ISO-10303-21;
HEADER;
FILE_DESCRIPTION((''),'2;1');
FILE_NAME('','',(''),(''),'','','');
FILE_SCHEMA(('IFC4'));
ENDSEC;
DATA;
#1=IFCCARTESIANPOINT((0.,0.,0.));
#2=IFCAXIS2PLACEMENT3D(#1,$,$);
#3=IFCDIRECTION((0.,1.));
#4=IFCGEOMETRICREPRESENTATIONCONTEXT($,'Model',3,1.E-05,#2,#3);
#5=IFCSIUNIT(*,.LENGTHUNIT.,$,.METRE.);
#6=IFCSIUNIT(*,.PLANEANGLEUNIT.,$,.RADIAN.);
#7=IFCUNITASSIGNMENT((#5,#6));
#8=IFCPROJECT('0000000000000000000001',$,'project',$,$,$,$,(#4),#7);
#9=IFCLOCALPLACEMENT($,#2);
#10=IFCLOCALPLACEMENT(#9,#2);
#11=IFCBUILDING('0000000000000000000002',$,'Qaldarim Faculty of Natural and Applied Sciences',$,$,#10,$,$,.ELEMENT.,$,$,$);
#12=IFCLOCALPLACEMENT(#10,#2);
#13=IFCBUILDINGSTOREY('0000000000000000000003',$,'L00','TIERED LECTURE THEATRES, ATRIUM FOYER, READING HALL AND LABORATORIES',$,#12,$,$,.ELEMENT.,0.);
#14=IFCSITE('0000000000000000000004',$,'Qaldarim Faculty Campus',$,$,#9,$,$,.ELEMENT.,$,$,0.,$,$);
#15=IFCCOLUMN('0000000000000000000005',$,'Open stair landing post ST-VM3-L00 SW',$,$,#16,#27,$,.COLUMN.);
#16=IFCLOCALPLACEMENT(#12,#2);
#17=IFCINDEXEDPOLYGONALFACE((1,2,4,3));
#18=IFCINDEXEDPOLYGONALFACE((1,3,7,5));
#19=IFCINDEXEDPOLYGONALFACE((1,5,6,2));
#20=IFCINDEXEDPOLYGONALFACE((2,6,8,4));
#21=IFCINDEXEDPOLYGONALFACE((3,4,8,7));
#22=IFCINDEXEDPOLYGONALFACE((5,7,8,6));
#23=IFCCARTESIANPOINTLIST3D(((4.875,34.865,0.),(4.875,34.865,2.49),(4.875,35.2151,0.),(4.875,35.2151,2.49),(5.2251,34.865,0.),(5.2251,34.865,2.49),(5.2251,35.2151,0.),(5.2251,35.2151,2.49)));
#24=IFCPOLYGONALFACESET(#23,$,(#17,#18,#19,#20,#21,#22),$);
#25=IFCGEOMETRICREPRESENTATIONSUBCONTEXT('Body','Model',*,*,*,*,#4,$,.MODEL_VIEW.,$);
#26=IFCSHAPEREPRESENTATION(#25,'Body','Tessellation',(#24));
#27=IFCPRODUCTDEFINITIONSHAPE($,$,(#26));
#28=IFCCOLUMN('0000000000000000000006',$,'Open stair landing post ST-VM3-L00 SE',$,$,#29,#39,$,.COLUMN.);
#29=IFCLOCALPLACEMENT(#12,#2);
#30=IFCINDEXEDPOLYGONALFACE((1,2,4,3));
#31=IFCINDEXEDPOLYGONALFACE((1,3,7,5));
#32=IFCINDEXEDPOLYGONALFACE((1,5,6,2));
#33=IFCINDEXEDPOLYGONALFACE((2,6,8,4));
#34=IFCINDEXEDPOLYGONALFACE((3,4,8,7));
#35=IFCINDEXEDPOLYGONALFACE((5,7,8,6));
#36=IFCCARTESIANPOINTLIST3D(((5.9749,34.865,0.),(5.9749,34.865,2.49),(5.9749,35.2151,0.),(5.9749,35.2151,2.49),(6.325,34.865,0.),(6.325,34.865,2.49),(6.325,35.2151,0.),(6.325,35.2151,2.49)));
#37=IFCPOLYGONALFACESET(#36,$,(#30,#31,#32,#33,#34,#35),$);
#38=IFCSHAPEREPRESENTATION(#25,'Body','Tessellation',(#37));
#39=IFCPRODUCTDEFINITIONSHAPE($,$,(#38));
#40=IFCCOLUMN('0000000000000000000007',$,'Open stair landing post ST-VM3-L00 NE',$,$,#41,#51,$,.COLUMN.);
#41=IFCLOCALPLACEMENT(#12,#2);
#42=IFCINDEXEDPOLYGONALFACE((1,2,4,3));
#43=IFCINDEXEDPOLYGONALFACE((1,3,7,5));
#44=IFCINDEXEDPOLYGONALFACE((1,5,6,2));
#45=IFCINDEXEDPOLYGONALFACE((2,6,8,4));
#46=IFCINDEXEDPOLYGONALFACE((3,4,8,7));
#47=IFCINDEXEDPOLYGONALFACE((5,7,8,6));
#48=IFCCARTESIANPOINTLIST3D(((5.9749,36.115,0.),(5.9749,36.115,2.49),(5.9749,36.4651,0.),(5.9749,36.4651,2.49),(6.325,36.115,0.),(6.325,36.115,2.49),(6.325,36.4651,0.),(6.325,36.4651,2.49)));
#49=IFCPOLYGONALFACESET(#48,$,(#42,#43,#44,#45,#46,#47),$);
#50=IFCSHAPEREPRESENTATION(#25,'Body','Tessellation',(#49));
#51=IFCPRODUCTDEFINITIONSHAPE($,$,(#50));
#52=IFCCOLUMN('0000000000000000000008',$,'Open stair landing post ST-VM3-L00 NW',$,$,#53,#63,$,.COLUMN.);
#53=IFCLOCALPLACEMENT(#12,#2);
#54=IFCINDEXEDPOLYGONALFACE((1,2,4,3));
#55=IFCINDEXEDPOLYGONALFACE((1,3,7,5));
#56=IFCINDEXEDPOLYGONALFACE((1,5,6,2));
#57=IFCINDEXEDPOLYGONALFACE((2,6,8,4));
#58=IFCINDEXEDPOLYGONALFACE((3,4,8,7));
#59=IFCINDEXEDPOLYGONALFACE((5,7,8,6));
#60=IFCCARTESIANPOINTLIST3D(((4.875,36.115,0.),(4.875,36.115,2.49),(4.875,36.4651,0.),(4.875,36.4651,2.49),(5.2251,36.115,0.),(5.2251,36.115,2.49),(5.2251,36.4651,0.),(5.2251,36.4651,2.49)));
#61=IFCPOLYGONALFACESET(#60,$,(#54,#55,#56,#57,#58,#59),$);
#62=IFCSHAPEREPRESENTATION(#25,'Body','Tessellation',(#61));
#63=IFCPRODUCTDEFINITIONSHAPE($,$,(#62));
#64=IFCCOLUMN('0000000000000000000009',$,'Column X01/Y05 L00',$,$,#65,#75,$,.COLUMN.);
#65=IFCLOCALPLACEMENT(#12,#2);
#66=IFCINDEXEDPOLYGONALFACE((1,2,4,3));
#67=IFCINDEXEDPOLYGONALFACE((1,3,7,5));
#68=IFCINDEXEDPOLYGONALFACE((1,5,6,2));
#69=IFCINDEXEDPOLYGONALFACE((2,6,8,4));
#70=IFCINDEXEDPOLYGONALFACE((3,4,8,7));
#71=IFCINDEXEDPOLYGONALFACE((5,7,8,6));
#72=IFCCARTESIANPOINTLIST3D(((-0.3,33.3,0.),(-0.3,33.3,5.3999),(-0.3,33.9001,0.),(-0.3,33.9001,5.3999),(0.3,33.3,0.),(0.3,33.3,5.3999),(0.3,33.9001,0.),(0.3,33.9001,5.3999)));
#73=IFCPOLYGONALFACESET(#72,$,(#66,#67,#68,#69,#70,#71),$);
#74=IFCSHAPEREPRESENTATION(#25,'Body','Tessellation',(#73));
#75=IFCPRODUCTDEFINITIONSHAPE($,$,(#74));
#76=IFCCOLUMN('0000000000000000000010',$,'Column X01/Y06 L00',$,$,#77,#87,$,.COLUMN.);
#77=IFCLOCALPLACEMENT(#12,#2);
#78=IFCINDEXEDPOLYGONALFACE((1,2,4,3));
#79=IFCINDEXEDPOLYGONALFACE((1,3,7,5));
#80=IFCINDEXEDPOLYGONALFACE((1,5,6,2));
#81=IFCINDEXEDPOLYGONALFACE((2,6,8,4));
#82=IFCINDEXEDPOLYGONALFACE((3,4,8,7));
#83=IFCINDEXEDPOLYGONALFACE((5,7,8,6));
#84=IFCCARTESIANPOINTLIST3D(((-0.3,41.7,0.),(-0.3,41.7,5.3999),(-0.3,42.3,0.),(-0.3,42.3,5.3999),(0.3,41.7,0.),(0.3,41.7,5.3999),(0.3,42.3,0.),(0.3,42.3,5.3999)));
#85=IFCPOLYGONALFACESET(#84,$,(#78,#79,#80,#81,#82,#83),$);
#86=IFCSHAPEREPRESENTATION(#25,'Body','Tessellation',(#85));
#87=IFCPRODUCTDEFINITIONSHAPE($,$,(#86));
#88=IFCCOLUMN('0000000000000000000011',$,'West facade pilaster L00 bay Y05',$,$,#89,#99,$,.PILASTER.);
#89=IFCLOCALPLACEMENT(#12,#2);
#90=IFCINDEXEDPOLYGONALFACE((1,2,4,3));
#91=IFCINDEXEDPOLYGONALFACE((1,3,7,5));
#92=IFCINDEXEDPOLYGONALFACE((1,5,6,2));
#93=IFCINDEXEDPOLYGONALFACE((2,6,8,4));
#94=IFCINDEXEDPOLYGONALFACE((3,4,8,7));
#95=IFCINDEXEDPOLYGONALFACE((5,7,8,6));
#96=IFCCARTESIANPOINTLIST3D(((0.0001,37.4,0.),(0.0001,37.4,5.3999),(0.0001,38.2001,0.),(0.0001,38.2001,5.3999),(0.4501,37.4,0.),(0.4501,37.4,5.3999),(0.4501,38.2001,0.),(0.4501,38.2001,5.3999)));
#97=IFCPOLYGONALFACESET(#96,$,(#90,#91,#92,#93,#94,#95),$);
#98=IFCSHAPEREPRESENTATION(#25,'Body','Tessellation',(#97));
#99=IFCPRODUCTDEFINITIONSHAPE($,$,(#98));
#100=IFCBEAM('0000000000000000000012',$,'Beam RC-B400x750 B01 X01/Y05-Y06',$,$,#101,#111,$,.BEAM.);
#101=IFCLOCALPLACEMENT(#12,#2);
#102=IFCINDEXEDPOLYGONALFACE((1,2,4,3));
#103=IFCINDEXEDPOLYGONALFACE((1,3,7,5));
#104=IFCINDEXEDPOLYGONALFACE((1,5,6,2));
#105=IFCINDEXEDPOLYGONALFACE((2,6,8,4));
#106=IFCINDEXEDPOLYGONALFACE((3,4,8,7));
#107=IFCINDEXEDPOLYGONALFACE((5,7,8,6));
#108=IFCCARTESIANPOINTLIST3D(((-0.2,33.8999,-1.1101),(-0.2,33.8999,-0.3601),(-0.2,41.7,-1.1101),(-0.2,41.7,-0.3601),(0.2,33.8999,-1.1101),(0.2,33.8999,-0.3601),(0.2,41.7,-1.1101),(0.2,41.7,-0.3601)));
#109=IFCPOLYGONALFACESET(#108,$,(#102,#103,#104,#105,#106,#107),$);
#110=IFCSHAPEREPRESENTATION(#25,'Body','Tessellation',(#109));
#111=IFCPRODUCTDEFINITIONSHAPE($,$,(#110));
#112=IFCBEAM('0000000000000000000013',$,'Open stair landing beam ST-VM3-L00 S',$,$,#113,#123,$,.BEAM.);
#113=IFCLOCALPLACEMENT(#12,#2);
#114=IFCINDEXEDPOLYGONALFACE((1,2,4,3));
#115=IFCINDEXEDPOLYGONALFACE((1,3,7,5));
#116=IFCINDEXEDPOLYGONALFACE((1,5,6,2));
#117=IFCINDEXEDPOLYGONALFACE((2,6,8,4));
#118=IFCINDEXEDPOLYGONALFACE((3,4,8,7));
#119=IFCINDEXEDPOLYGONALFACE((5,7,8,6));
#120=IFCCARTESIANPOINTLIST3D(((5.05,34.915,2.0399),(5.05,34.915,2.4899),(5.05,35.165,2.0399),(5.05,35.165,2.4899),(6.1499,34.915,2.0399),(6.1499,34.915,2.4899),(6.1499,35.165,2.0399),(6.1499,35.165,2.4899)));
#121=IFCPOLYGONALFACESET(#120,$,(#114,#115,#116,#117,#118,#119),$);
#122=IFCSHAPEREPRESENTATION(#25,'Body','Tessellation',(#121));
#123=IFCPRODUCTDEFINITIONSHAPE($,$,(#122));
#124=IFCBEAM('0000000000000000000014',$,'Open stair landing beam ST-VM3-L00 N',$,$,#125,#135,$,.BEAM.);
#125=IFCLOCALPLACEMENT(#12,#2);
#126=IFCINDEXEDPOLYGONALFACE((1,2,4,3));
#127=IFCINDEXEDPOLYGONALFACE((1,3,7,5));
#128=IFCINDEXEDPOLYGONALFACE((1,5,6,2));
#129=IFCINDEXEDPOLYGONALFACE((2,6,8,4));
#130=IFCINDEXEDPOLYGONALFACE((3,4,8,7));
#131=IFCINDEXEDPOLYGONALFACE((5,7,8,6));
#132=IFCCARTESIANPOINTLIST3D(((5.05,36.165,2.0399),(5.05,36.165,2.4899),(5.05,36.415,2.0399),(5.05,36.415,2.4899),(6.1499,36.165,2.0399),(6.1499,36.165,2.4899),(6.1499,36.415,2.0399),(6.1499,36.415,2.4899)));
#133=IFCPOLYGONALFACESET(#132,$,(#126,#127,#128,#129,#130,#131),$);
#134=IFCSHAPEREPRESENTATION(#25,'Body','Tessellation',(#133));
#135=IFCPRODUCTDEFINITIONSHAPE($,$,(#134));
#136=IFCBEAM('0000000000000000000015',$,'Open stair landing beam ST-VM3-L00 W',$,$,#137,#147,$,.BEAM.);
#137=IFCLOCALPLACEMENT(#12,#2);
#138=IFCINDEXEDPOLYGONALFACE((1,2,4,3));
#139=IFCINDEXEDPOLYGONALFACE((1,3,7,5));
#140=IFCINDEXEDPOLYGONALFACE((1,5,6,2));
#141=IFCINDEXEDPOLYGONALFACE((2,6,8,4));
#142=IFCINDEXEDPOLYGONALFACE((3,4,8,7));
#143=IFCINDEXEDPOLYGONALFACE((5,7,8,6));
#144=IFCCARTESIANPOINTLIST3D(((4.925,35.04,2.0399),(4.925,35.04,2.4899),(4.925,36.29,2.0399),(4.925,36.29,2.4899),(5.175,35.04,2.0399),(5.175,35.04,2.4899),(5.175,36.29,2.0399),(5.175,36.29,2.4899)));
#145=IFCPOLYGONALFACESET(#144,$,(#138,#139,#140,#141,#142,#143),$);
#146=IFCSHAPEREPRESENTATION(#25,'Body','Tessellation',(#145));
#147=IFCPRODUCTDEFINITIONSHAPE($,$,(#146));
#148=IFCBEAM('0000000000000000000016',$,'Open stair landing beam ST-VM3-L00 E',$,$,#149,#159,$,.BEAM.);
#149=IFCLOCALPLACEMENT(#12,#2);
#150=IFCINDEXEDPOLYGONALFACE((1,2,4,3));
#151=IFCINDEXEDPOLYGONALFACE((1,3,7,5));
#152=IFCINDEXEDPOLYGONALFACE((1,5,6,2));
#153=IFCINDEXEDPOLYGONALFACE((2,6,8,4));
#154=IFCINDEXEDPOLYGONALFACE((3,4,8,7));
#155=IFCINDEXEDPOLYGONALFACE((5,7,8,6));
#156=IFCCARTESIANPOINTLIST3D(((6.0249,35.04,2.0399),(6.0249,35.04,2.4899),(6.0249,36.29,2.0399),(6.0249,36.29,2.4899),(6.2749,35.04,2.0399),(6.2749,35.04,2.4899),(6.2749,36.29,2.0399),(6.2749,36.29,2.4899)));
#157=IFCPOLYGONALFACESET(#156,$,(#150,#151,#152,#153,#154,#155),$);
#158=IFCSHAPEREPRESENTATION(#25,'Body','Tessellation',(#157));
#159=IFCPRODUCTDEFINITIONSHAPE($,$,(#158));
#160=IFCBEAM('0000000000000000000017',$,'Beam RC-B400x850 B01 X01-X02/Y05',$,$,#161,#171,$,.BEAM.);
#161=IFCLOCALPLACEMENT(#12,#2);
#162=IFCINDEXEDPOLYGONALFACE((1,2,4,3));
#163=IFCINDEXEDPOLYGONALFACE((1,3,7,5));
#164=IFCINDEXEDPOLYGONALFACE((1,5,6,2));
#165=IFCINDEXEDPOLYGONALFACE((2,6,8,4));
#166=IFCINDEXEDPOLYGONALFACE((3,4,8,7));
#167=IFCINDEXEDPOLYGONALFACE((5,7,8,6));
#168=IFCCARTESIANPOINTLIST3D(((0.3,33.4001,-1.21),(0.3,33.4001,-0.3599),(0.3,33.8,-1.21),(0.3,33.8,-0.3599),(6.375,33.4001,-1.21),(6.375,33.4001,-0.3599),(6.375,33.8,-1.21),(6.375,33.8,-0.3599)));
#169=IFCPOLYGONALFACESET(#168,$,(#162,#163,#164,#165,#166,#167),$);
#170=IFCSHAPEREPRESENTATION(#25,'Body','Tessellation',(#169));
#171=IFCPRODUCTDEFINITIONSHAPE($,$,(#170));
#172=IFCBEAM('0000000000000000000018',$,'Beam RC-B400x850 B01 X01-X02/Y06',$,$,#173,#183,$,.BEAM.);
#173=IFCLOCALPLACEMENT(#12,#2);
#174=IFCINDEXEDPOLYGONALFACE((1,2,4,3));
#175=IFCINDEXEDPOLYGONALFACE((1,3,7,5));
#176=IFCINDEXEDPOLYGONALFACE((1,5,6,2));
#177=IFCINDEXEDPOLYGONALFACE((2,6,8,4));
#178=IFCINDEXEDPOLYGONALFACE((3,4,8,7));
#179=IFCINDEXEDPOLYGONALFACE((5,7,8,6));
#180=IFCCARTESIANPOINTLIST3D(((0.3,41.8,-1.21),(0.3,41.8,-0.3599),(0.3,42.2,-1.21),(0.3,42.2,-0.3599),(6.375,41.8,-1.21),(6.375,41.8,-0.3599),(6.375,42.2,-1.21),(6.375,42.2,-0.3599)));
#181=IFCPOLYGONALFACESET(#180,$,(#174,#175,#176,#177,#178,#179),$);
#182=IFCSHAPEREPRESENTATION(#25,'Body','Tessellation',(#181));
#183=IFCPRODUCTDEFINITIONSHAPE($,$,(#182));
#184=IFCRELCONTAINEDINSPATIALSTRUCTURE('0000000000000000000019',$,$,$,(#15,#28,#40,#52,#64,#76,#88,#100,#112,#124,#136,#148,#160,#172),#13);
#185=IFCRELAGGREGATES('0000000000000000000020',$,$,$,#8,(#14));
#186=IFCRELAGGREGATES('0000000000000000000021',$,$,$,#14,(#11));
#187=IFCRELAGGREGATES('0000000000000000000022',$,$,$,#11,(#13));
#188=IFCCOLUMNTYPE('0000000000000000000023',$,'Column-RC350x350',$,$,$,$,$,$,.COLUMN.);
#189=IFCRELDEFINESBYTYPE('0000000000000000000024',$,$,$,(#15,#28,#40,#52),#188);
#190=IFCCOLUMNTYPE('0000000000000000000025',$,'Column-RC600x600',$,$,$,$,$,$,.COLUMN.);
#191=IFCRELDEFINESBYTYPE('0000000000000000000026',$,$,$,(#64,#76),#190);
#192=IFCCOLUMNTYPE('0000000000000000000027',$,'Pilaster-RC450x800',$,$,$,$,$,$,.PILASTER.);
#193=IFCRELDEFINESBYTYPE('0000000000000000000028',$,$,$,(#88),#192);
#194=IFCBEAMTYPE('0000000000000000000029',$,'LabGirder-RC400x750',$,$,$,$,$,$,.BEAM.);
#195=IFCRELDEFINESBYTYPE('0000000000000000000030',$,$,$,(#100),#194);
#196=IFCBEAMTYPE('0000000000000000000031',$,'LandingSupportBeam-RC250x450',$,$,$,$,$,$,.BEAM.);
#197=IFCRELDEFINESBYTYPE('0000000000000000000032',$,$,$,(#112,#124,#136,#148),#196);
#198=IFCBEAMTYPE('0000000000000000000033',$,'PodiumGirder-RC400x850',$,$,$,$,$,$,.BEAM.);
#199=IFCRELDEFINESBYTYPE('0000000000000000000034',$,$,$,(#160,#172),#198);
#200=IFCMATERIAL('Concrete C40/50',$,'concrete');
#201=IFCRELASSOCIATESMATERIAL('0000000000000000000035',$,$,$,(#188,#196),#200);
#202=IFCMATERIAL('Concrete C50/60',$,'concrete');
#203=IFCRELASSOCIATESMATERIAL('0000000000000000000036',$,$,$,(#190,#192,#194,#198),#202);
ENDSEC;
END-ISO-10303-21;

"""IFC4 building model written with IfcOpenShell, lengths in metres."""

from ifc_helpers import new_model, si_unit, direction, frame, origin, origin_2d, place, context, subcontext, project, spatial, rectangle, extrude, material, material_profile, profile_set, type_object, element, save


model = new_model("IFC4")

# Units and contexts
model_context = context("Model", 3, precision=1e-05, world=origin(), true_north=direction((0.0, 1.0)))
body_context = subcontext(model_context, "Body", "Model", "MODEL_VIEW")
ifc_project = project(units=[si_unit("LENGTHUNIT", "METRE"), si_unit("PLANEANGLEUNIT", "RADIAN")], contexts=[model_context])

# Site, building, storey
site_placement = place(None, origin())
site = spatial("IfcSite", under=ifc_project, at=site_placement, Name="Qaldarim Faculty Campus", CompositionType="ELEMENT", RefElevation=0.0)
building_placement = place(site_placement, origin())
building = spatial("IfcBuilding", under=site, at=building_placement, Name="Qaldarim Faculty of Natural and Applied Sciences", CompositionType="ELEMENT")
storey_placement = place(building_placement, origin())
storey = spatial("IfcBuildingStorey", under=building, at=storey_placement, Name="L00", Description="TIERED LECTURE THEATRES, ATRIUM FOYER, READING HALL AND LABORATORIES", CompositionType="ELEMENT", Elevation=0.0)

# Columns
ifc_material_1 = material(Name="Concrete C40/50", Category="concrete")
ifc_material_profile_1 = material_profile(ifc_material_1, rectangle(XDim=0.3501, YDim=0.3501, at=origin_2d()), Name="RC-C350x350")
ifc_profile_set_1 = profile_set([ifc_material_profile_1], Name="Concrete C40/50")
column_type_1 = type_object("IfcColumnType", Name="Column-RC350x350", PredefinedType="COLUMN", material=ifc_profile_set_1)
for number, where, z_axis, x_axis, name in (
    (1, (5.05, 35.04, 0.0), (0.0, 0.0, 1.0), (1.0, 0.0, 0.0), "Open stair landing post ST-VM3-L00 SW"),
    (2, (6.1499, 35.04, 0.0), (0.0, 0.0, 1.0), (1.0, 0.0, 0.0), "Open stair landing post ST-VM3-L00 SE"),
    (3, (6.1499, 36.29, 0.0), (0.0, 0.0, 1.0), (1.0, 0.0, 0.0), "Open stair landing post ST-VM3-L00 NE"),
    (4, (5.05, 36.29, 0.0), (0.0, 0.0, 1.0), (1.0, 0.0, 0.0), "Open stair landing post ST-VM3-L00 NW"),
):
    element("IfcColumn", number, at=place(storey_placement, frame(where, z_axis=z_axis, x_axis=x_axis)), inside=storey, type_object=column_type_1, Name=name, PredefinedType="COLUMN", context=body_context, shape_type="SweptSolid", body=[
        extrude(rectangle(XDim=0.3501, YDim=0.3501, at=origin_2d()), origin(), (0.0, 0.0, 1.0), 2.49),
    ])
ifc_material_2 = material(Name="Concrete C50/60", Category="concrete")
ifc_material_profile_2 = material_profile(ifc_material_2, rectangle(XDim=0.6001, YDim=0.6001, at=origin_2d()), Name="RC-C600x600")
ifc_profile_set_2 = profile_set([ifc_material_profile_2], Name="Concrete C50/60")
column_type_2 = type_object("IfcColumnType", Name="Column-RC600x600", PredefinedType="COLUMN", material=ifc_profile_set_2)
for number, where, z_axis, x_axis, name in (
    (5, (0.0, 33.6001, 0.0), (0.0, 0.0, 1.0), (1.0, 0.0, 0.0), "Column X01/Y05 L00"),
    (6, (0.0, 42.0, 0.0), (0.0, 0.0, 1.0), (1.0, 0.0, 0.0), "Column X01/Y06 L00"),
):
    element("IfcColumn", number, at=place(storey_placement, frame(where, z_axis=z_axis, x_axis=x_axis)), inside=storey, type_object=column_type_2, Name=name, PredefinedType="COLUMN", context=body_context, shape_type="SweptSolid", body=[
        extrude(rectangle(XDim=0.6001, YDim=0.6001, at=origin_2d()), origin(), (0.0, 0.0, 1.0), 5.3999),
    ])
ifc_material_profile_3 = material_profile(ifc_material_2, rectangle(XDim=0.45, YDim=0.8, at=origin_2d()), Name="RC-C450x800")
ifc_profile_set_3 = profile_set([ifc_material_profile_3], Name="Concrete C50/60")
column_type_3 = type_object("IfcColumnType", Name="Pilaster-RC450x800", PredefinedType="PILASTER", material=ifc_profile_set_3)
column_placement = place(storey_placement, frame((0.2251, 37.8, 0.0), z_axis=(0.0, 0.0, 1.0), x_axis=(1.0, 0.0, 0.0)))
element("IfcColumn", 7, at=column_placement, inside=storey, type_object=column_type_3, Name="West facade pilaster L00 bay Y05", PredefinedType="PILASTER", context=body_context, shape_type="SweptSolid", body=[
    extrude(rectangle(XDim=0.45, YDim=0.8, at=origin_2d()), origin(), (0.0, 0.0, 1.0), 5.3999),
])

# Beams
ifc_material_profile_4 = material_profile(ifc_material_2, rectangle(XDim=0.3999, YDim=0.75, at=origin_2d()), Name="RC-B400x750")
ifc_profile_set_4 = profile_set([ifc_material_profile_4], Name="Concrete C50/60")
beam_type_1 = type_object("IfcBeamType", Name="LabGirder-RC400x750", PredefinedType="BEAM", material=ifc_profile_set_4)
beam_placement = place(storey_placement, frame((0.0, 33.8999, -0.7351), z_axis=(0.0, 1.0, 0.0), x_axis=(-1.0, 0.0, 0.0)))
element("IfcBeam", 8, at=beam_placement, inside=storey, type_object=beam_type_1, Name="Beam RC-B400x750 B01 X01/Y05-Y06", PredefinedType="BEAM", context=body_context, shape_type="SweptSolid", body=[
    extrude(rectangle(XDim=0.3999, YDim=0.75, at=origin_2d()), origin(), (0.0, 0.0, 1.0), 7.8),
])
ifc_material_profile_5 = material_profile(ifc_material_1, rectangle(XDim=0.25, YDim=0.45, at=origin_2d()), Name="RC-LN250x450")
ifc_profile_set_5 = profile_set([ifc_material_profile_5], Name="Concrete C40/50")
beam_type_2 = type_object("IfcBeamType", Name="LandingSupportBeam-RC250x450", PredefinedType="BEAM", material=ifc_profile_set_5)
for number, where, z_axis, x_axis, name in (
    (9, (5.05, 35.04, 2.2649), (1.0, 0.0, 0.0), (0.0, 1.0, 0.0), "Open stair landing beam ST-VM3-L00 S"),
    (10, (5.05, 36.29, 2.2649), (1.0, 0.0, 0.0), (0.0, 1.0, 0.0), "Open stair landing beam ST-VM3-L00 N"),
):
    element("IfcBeam", number, at=place(storey_placement, frame(where, z_axis=z_axis, x_axis=x_axis)), inside=storey, type_object=beam_type_2, Name=name, PredefinedType="BEAM", context=body_context, shape_type="SweptSolid", body=[
        extrude(rectangle(XDim=0.25, YDim=0.45, at=origin_2d()), origin(), (0.0, 0.0, 1.0), 1.0999),
    ])
for number, where, z_axis, x_axis, name in (
    (11, (5.05, 35.04, 2.2649), (0.0, 1.0, 0.0), (-1.0, 0.0, 0.0), "Open stair landing beam ST-VM3-L00 W"),
    (12, (6.1499, 35.04, 2.2649), (0.0, 1.0, 0.0), (-1.0, 0.0, 0.0), "Open stair landing beam ST-VM3-L00 E"),
):
    element("IfcBeam", number, at=place(storey_placement, frame(where, z_axis=z_axis, x_axis=x_axis)), inside=storey, type_object=beam_type_2, Name=name, PredefinedType="BEAM", context=body_context, shape_type="SweptSolid", body=[
        extrude(rectangle(XDim=0.25, YDim=0.45, at=origin_2d()), origin(), (0.0, 0.0, 1.0), 1.25),
    ])
ifc_material_profile_6 = material_profile(ifc_material_2, rectangle(XDim=0.3999, YDim=0.8501, at=origin_2d()), Name="RC-B400x850")
ifc_profile_set_6 = profile_set([ifc_material_profile_6], Name="Concrete C50/60")
beam_type_3 = type_object("IfcBeamType", Name="PodiumGirder-RC400x850", PredefinedType="BEAM", material=ifc_profile_set_6)
for number, where, z_axis, x_axis, name in (
    (13, (0.3, 33.6001, -0.7849), (1.0, 0.0, 0.0), (0.0, 1.0, 0.0), "Beam RC-B400x850 B01 X01-X02/Y05"),
    (14, (0.3, 42.0, -0.7849), (1.0, 0.0, 0.0), (0.0, 1.0, 0.0), "Beam RC-B400x850 B01 X01-X02/Y06"),
):
    element("IfcBeam", number, at=place(storey_placement, frame(where, z_axis=z_axis, x_axis=x_axis)), inside=storey, type_object=beam_type_3, Name=name, PredefinedType="BEAM", context=body_context, shape_type="SweptSolid", body=[
        extrude(rectangle(XDim=0.3999, YDim=0.8501, at=origin_2d()), origin(), (0.0, 0.0, 1.0), 6.075),
    ])

save(model, "model.ifc")
